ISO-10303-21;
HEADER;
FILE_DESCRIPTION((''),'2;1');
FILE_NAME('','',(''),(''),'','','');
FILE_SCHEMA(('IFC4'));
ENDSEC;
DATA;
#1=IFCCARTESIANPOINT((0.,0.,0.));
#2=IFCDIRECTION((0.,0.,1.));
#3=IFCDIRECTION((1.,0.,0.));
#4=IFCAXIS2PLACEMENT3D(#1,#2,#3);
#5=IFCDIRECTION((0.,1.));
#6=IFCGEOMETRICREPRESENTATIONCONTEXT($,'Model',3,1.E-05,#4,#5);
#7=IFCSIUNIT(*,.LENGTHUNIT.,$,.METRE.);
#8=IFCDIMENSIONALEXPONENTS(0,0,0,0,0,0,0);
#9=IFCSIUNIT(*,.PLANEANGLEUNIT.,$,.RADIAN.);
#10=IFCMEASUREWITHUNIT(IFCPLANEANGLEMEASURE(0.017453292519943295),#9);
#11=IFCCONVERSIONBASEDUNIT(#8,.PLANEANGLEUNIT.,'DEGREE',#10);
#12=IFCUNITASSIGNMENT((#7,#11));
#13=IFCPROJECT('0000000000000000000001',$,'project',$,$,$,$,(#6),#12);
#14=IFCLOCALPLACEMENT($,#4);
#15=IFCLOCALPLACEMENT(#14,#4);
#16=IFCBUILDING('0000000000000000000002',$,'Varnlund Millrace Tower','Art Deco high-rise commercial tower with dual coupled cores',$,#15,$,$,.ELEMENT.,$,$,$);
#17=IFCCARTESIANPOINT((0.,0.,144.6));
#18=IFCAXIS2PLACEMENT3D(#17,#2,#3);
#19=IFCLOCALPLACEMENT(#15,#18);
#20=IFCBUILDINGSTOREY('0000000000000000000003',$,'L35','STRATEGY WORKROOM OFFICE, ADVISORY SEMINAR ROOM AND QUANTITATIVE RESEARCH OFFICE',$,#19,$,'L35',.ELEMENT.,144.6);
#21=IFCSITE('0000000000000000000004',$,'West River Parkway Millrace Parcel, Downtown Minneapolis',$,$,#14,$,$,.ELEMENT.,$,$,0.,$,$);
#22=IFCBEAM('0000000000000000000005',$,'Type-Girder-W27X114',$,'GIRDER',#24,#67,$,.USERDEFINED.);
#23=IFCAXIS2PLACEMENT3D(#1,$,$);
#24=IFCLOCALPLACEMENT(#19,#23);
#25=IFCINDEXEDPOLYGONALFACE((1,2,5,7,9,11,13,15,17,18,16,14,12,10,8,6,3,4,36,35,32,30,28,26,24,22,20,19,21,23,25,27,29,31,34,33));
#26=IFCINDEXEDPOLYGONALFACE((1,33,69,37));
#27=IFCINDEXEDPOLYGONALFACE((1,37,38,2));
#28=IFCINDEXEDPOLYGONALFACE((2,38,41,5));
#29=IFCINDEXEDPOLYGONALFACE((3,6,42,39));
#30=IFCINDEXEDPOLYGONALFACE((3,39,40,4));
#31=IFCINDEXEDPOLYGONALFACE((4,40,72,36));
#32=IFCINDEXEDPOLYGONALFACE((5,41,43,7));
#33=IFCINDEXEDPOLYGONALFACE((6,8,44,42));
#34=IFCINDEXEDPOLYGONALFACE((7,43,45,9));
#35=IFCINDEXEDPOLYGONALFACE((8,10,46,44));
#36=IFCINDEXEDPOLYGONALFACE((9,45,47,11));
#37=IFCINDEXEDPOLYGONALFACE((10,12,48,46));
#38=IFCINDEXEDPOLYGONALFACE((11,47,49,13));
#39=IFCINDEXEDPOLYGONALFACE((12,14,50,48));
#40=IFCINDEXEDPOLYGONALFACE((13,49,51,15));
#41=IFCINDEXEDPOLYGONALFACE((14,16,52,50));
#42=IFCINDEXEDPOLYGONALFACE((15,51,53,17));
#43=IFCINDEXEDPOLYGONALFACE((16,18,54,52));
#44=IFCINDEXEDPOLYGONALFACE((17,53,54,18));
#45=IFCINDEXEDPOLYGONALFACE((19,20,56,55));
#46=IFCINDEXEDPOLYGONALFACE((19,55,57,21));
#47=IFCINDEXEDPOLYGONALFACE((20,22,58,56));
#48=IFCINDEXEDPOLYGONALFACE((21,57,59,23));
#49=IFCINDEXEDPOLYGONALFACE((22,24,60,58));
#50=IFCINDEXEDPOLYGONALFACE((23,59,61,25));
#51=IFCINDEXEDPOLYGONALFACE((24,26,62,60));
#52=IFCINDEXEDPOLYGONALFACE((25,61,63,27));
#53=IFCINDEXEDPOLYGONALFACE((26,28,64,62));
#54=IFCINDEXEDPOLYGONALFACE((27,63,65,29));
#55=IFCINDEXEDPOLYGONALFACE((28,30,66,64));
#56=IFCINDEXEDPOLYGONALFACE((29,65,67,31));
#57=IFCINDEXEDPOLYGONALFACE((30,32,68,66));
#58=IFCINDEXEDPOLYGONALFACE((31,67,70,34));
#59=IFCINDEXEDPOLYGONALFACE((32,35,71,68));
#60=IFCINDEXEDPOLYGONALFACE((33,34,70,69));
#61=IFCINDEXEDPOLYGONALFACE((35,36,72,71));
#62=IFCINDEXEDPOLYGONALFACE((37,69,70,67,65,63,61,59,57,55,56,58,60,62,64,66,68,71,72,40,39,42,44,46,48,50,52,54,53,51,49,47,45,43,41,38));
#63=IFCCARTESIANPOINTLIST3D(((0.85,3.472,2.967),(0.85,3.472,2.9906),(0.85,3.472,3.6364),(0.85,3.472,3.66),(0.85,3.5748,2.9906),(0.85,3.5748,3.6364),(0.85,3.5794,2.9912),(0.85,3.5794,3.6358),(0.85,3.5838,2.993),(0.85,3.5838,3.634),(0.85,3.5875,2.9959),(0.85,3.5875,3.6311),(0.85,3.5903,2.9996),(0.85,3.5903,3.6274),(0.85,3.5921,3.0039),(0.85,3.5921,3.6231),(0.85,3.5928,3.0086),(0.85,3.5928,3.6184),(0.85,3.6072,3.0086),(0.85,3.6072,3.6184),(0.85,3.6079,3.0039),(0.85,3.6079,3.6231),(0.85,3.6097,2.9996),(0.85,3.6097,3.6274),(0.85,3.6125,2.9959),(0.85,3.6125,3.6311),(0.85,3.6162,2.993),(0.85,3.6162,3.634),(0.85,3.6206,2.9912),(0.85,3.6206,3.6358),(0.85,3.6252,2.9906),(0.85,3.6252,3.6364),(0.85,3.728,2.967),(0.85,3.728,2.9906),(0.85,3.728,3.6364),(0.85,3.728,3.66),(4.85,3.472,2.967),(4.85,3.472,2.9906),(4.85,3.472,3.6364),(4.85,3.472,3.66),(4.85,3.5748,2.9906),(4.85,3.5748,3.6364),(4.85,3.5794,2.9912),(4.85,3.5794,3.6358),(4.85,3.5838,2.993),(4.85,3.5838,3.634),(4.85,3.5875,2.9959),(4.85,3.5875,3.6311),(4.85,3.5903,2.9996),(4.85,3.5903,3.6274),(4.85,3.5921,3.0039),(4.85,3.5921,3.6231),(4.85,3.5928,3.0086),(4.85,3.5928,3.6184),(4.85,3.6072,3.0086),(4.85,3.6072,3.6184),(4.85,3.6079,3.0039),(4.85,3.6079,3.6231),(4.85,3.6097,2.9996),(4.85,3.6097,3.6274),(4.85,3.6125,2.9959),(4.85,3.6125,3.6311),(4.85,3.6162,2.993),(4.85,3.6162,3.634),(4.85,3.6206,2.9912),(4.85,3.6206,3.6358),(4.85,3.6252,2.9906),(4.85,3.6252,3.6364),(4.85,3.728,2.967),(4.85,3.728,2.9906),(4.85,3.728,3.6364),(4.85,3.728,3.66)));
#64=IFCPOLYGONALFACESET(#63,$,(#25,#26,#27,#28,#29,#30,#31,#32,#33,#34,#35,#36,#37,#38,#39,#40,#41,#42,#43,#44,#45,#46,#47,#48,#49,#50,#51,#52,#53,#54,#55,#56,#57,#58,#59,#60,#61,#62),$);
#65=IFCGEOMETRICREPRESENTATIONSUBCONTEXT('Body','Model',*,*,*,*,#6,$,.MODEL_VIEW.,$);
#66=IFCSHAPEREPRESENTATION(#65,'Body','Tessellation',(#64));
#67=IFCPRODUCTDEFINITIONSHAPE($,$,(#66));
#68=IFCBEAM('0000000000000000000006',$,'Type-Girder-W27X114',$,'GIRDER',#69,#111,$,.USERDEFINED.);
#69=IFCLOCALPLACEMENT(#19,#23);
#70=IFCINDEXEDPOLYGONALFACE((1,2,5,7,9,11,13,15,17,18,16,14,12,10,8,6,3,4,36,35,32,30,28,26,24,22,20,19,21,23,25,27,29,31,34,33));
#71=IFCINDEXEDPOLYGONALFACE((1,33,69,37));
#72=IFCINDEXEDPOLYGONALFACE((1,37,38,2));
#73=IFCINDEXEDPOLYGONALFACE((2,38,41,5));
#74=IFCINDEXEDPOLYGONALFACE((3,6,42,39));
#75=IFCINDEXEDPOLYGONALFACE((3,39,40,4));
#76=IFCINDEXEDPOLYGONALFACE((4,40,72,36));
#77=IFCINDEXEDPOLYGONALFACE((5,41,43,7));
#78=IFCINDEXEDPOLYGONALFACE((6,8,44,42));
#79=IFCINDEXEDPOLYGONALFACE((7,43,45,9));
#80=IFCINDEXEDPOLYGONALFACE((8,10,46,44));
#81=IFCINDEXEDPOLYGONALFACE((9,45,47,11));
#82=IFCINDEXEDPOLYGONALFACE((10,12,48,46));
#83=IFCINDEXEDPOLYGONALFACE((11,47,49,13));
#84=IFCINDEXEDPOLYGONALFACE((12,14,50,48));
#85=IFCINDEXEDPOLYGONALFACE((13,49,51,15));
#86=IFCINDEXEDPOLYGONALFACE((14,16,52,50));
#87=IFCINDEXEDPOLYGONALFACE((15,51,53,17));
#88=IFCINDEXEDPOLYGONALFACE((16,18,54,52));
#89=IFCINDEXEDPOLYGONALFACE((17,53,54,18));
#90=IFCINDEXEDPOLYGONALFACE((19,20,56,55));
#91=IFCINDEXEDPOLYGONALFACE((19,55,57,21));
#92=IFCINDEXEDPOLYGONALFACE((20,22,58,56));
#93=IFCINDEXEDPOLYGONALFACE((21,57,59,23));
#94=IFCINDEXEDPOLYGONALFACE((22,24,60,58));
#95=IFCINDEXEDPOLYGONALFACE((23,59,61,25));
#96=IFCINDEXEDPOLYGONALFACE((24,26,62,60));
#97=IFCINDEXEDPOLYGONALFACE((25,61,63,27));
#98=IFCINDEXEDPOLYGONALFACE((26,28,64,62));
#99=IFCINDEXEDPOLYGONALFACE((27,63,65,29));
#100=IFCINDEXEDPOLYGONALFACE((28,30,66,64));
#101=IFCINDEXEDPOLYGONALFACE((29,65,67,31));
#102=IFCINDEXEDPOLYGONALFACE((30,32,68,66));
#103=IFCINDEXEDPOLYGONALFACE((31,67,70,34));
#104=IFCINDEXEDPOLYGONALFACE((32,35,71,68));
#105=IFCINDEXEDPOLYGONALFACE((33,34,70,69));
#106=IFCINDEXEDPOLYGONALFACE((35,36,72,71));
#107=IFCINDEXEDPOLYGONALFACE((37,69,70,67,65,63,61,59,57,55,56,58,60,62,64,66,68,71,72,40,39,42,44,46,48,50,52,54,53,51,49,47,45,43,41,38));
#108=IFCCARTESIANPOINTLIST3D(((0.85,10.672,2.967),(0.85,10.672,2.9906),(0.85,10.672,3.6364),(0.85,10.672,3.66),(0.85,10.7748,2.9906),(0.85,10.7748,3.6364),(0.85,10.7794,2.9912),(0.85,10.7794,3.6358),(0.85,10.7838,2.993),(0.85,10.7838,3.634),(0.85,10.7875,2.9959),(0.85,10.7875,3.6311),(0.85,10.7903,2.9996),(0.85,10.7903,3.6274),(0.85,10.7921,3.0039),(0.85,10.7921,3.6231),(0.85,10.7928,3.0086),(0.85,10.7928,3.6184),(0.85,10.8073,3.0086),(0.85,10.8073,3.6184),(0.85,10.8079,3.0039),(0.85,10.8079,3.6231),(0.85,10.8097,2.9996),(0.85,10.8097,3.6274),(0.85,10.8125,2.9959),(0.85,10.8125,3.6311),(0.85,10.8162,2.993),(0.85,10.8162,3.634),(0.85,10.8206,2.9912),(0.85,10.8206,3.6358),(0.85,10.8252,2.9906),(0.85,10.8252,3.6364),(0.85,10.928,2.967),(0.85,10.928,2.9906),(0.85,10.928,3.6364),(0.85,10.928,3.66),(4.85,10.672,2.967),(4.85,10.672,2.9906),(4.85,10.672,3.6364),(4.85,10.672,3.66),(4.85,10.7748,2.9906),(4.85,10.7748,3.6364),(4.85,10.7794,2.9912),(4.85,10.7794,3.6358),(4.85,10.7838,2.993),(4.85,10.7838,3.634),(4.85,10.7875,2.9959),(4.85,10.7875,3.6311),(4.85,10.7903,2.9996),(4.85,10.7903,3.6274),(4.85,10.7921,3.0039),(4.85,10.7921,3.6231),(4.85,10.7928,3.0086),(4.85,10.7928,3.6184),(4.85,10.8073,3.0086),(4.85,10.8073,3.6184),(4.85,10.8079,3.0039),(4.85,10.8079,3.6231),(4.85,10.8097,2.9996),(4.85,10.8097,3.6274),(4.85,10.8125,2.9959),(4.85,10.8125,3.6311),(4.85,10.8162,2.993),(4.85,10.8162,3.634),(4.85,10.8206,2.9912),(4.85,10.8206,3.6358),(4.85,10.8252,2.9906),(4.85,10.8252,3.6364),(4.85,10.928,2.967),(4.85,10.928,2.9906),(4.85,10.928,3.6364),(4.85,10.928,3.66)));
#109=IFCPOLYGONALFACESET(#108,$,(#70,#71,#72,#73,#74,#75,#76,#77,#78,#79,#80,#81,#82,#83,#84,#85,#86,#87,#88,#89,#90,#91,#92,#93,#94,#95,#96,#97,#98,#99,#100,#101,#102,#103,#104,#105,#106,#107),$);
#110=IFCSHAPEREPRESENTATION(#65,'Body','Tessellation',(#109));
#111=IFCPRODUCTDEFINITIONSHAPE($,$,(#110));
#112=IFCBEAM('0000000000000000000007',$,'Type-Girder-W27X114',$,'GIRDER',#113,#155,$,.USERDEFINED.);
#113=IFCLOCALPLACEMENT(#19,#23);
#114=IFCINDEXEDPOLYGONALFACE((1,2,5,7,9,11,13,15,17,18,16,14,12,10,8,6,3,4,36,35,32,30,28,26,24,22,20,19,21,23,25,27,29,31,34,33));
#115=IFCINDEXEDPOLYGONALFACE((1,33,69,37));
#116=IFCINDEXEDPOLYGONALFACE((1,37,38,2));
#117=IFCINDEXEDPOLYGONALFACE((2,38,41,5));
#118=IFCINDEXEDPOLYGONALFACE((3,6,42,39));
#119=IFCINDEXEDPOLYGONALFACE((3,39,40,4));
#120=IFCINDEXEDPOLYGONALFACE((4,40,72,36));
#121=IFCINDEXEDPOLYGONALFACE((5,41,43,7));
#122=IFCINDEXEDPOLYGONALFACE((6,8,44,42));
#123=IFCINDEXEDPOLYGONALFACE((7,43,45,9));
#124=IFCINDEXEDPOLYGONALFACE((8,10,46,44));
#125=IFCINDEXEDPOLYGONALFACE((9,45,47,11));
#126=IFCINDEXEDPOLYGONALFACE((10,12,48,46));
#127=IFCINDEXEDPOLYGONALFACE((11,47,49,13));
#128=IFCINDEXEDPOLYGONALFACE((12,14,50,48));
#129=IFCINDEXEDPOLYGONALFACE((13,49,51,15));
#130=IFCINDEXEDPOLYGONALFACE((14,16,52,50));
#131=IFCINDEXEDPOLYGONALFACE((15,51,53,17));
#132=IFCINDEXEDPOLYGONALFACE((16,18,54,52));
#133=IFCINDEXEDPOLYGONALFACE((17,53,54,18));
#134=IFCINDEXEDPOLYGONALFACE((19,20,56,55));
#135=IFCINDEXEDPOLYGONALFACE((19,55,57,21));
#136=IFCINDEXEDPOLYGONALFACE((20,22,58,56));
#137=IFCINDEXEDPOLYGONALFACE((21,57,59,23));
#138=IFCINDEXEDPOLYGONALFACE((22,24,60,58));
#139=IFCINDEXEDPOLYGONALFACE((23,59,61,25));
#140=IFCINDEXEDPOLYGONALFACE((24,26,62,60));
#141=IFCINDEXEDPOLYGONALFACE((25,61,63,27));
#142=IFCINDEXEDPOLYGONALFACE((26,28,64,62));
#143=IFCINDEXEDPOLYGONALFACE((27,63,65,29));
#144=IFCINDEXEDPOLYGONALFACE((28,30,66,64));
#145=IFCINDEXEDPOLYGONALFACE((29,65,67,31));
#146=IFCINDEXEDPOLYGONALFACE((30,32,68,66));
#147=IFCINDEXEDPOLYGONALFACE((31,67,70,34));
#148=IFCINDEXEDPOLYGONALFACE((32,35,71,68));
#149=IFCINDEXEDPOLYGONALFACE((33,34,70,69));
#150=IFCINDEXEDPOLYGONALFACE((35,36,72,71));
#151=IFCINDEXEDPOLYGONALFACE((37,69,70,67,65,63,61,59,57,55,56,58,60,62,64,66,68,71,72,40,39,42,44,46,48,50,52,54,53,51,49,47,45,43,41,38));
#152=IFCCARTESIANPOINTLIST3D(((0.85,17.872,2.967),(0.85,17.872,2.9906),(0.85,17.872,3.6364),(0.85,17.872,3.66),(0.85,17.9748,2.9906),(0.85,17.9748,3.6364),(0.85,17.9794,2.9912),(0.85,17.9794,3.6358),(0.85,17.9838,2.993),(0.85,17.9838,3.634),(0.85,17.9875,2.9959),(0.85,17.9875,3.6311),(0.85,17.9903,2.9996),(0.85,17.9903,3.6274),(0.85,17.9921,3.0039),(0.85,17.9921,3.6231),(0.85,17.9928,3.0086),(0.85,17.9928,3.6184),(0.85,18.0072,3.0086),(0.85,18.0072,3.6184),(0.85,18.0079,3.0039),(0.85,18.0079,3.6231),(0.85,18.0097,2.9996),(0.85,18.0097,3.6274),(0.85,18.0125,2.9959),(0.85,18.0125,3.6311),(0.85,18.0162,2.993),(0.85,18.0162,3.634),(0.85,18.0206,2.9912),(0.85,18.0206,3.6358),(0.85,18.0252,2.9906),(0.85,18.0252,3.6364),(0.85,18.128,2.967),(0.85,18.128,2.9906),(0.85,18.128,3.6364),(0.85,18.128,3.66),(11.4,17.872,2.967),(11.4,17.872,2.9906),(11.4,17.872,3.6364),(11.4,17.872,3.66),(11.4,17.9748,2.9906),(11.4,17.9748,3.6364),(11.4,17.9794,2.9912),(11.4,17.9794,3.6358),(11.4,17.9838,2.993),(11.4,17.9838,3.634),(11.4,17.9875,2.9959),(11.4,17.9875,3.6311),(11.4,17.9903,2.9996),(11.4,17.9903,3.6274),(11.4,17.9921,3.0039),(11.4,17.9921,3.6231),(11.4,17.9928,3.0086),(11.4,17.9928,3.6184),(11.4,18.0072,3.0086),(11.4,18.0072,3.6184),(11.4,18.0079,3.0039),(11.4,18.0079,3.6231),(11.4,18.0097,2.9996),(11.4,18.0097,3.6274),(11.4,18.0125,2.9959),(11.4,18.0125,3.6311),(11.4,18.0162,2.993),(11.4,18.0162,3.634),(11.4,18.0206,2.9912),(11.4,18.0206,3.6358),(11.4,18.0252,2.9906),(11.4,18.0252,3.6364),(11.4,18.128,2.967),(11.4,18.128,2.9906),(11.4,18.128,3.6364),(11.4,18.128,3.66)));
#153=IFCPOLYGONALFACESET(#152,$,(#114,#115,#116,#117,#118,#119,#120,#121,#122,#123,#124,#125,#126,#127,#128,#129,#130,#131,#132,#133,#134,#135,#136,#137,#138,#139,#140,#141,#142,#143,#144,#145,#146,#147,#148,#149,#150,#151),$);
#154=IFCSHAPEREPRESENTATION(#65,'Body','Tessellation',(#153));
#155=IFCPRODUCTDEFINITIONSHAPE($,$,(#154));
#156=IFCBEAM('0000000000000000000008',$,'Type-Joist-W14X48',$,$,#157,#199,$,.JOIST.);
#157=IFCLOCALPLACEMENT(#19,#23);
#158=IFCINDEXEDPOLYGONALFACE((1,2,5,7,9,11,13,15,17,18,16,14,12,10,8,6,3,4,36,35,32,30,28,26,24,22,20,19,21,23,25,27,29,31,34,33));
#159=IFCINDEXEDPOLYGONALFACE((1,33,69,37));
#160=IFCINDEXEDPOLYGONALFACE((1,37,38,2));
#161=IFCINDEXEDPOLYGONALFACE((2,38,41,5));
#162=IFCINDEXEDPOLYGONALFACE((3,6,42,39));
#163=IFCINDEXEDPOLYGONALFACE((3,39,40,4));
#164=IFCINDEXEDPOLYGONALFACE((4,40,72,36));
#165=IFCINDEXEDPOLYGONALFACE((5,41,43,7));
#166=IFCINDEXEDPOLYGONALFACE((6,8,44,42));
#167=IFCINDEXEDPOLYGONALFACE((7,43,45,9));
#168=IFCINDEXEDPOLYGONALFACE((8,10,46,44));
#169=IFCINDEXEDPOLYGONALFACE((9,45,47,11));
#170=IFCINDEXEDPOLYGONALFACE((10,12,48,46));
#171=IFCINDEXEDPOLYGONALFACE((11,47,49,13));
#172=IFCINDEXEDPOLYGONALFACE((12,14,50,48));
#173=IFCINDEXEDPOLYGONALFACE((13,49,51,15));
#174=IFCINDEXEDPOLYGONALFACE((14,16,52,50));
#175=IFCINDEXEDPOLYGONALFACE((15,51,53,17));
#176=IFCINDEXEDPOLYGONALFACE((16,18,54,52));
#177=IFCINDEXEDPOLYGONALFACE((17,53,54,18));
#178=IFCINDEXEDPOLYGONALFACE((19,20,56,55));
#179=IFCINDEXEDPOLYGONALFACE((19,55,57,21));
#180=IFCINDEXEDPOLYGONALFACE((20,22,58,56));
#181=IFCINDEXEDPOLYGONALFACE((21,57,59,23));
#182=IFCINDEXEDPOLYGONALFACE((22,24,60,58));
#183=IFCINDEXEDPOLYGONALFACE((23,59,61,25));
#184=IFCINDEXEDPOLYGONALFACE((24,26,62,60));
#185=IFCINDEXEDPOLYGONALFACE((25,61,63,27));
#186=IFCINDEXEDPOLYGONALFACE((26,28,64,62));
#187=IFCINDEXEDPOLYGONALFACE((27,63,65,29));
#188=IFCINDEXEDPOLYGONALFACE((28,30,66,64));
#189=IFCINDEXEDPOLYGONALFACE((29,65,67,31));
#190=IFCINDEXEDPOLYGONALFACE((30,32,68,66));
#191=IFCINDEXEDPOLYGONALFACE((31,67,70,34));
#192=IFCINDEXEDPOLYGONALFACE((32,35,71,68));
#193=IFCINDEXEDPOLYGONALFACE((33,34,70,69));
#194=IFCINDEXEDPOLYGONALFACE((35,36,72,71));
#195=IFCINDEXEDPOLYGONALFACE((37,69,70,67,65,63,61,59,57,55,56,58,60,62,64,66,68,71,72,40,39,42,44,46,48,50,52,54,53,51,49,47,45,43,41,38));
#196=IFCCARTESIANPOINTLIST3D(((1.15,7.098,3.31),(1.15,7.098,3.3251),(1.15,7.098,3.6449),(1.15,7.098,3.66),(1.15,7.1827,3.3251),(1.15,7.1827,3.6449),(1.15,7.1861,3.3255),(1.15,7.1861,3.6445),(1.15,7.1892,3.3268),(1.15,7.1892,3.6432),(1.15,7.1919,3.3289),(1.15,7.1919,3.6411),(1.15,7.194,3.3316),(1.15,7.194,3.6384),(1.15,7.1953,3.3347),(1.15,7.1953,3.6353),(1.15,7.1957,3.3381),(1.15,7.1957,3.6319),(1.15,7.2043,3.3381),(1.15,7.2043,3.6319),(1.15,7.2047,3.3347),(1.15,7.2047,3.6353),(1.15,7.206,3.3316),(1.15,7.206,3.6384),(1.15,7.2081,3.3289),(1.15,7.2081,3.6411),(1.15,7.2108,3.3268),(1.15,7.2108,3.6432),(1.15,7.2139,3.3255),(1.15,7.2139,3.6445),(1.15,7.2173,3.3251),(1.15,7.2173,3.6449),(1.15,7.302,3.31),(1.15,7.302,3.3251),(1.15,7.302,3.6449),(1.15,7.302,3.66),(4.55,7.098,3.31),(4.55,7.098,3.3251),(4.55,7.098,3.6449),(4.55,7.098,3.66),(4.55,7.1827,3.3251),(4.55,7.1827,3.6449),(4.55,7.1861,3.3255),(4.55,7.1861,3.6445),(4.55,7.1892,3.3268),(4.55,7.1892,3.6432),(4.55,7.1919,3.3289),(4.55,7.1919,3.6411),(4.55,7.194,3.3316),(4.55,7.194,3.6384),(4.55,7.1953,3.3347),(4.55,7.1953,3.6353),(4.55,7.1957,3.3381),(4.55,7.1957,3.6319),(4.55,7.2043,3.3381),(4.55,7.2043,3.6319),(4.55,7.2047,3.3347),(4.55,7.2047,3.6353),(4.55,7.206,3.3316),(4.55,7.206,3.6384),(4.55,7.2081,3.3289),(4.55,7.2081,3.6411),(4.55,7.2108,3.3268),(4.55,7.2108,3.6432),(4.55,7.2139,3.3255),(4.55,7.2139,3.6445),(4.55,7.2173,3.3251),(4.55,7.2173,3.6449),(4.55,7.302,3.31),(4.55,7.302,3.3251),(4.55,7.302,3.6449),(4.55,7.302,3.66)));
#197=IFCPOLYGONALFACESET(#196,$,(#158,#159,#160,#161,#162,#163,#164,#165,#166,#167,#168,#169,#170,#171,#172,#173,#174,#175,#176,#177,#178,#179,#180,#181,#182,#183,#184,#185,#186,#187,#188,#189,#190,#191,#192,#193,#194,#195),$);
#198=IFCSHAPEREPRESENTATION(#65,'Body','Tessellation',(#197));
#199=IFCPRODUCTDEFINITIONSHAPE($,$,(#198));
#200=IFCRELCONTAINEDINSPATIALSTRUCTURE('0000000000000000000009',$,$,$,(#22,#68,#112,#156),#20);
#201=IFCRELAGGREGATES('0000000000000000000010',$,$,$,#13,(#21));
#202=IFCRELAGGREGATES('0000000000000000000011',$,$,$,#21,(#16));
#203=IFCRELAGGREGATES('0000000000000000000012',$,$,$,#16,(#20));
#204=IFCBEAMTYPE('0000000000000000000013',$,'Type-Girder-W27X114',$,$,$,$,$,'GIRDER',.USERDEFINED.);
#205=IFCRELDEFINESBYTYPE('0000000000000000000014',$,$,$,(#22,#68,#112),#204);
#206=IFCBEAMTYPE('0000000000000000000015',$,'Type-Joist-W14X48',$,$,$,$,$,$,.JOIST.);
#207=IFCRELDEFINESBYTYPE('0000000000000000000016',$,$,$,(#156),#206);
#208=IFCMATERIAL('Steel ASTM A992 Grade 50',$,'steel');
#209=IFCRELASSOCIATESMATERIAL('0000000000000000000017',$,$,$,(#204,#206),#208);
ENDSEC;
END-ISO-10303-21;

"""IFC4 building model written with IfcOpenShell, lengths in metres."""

from ifc_helpers import new_model, entity, si_unit, converted_unit, direction, frame, origin_with_axes, origin_2d_with_axis, place, context, subcontext, project, spatial, i_section, extrude, material, material_profile, profile_set, type_object, element, save


model = new_model("IFC4")

# Units and contexts
model_context = context("Model", 3, precision=1e-05, world=origin_with_axes(), true_north=direction((0.0, 1.0)))
body_context = subcontext(model_context, "Body", "Model", "MODEL_VIEW")
ifc_project = project(units=[si_unit("LENGTHUNIT", "METRE"), converted_unit("PLANEANGLEUNIT", "DEGREE", entity("IfcPlaneAngleMeasure", 0.017453292519943295), si_unit("PLANEANGLEUNIT", "RADIAN"), dimensions=[0, 0, 0, 0, 0, 0, 0])], contexts=[model_context])

# Site, building, storey
site_placement = place(None, origin_with_axes())
site = spatial("IfcSite", under=ifc_project, at=site_placement, Name="West River Parkway Millrace Parcel, Downtown Minneapolis", CompositionType="ELEMENT", RefElevation=0.0)
building_placement = place(site_placement, origin_with_axes())
building = spatial("IfcBuilding", under=site, at=building_placement, Name="Varnlund Millrace Tower", Description="Art Deco high-rise commercial tower with dual coupled cores", CompositionType="ELEMENT")
storey_placement = place(building_placement, frame((0.0, 0.0, 144.6), z_axis=(0.0, 0.0, 1.0), x_axis=(1.0, 0.0, 0.0)))
storey = spatial("IfcBuildingStorey", under=building, at=storey_placement, Name="L35", Description="STRATEGY WORKROOM OFFICE, ADVISORY SEMINAR ROOM AND QUANTITATIVE RESEARCH OFFICE", LongName="L35", CompositionType="ELEMENT", Elevation=144.6)

# Beams
ifc_material_1 = material(Name="Steel ASTM A992 Grade 50", Category="steel")
ifc_material_profile_1 = material_profile(ifc_material_1, i_section(OverallWidth=0.256, OverallDepth=0.693, WebThickness=0.0145, FlangeThickness=0.0236, FilletRadius=0.018, at=origin_2d_with_axis()), Name="Steel ASTM A992 Grade 50")
ifc_profile_set_1 = profile_set([ifc_material_profile_1], Name="Steel ASTM A992 Grade 50")
beam_type_1 = type_object("IfcBeamType", Name="Type-Girder-W27X114", ElementType="GIRDER", PredefinedType="USERDEFINED", material=ifc_profile_set_1)
for number, where, z_axis, x_axis, name in (
    (1, (0.85, 3.6, 3.3135), (1.0, 0.0, 0.0), (0.0, 1.0, 0.0), "Type-Girder-W27X114"),
    (2, (0.85, 10.8, 3.3135), (1.0, 0.0, 0.0), (0.0, 1.0, 0.0), "Type-Girder-W27X114"),
):
    element("IfcBeam", number, at=place(storey_placement, frame(where, z_axis=z_axis, x_axis=x_axis)), inside=storey, type_object=beam_type_1, Name=name, ObjectType="GIRDER", PredefinedType="USERDEFINED", context=body_context, shape_type="SweptSolid", body=[
        extrude(i_section(OverallWidth=0.256, OverallDepth=0.693, WebThickness=0.0145, FlangeThickness=0.0236, FilletRadius=0.018, at=origin_2d_with_axis()), origin_with_axes(), (0.0, 0.0, 1.0), 4.0),
    ])
beam_1_placement = place(storey_placement, frame((0.85, 18.0, 3.3135), z_axis=(1.0, 0.0, 0.0), x_axis=(0.0, 1.0, 0.0)))
element("IfcBeam", 3, at=beam_1_placement, inside=storey, type_object=beam_type_1, Name="Type-Girder-W27X114", ObjectType="GIRDER", PredefinedType="USERDEFINED", context=body_context, shape_type="SweptSolid", body=[
    extrude(i_section(OverallWidth=0.256, OverallDepth=0.693, WebThickness=0.0145, FlangeThickness=0.0236, FilletRadius=0.018, at=origin_2d_with_axis()), origin_with_axes(), (0.0, 0.0, 1.0), 10.55),
])
ifc_material_profile_2 = material_profile(ifc_material_1, i_section(OverallWidth=0.204, OverallDepth=0.35, WebThickness=0.0086, FlangeThickness=0.0151, FilletRadius=0.013, at=origin_2d_with_axis()), Name="Steel ASTM A992 Grade 50")
ifc_profile_set_2 = profile_set([ifc_material_profile_2], Name="Steel ASTM A992 Grade 50")
beam_type_2 = type_object("IfcBeamType", Name="Type-Joist-W14X48", PredefinedType="JOIST", material=ifc_profile_set_2)
for number, where, z_axis, x_axis, name in (
    (4, (1.15, 7.2, 3.485), (1.0, 0.0, 0.0), (0.0, 1.0, 0.0), "Type-Joist-W14X48"),
):
    element("IfcBeam", number, at=place(storey_placement, frame(where, z_axis=z_axis, x_axis=x_axis)), inside=storey, type_object=beam_type_2, Name=name, PredefinedType="JOIST", context=body_context, shape_type="SweptSolid", body=[
        extrude(i_section(OverallWidth=0.204, OverallDepth=0.35, WebThickness=0.0086, FlangeThickness=0.0151, FilletRadius=0.013, at=origin_2d_with_axis()), origin_with_axes(), (0.0, 0.0, 1.0), 3.4),
    ])

save(model, "model.ifc")
